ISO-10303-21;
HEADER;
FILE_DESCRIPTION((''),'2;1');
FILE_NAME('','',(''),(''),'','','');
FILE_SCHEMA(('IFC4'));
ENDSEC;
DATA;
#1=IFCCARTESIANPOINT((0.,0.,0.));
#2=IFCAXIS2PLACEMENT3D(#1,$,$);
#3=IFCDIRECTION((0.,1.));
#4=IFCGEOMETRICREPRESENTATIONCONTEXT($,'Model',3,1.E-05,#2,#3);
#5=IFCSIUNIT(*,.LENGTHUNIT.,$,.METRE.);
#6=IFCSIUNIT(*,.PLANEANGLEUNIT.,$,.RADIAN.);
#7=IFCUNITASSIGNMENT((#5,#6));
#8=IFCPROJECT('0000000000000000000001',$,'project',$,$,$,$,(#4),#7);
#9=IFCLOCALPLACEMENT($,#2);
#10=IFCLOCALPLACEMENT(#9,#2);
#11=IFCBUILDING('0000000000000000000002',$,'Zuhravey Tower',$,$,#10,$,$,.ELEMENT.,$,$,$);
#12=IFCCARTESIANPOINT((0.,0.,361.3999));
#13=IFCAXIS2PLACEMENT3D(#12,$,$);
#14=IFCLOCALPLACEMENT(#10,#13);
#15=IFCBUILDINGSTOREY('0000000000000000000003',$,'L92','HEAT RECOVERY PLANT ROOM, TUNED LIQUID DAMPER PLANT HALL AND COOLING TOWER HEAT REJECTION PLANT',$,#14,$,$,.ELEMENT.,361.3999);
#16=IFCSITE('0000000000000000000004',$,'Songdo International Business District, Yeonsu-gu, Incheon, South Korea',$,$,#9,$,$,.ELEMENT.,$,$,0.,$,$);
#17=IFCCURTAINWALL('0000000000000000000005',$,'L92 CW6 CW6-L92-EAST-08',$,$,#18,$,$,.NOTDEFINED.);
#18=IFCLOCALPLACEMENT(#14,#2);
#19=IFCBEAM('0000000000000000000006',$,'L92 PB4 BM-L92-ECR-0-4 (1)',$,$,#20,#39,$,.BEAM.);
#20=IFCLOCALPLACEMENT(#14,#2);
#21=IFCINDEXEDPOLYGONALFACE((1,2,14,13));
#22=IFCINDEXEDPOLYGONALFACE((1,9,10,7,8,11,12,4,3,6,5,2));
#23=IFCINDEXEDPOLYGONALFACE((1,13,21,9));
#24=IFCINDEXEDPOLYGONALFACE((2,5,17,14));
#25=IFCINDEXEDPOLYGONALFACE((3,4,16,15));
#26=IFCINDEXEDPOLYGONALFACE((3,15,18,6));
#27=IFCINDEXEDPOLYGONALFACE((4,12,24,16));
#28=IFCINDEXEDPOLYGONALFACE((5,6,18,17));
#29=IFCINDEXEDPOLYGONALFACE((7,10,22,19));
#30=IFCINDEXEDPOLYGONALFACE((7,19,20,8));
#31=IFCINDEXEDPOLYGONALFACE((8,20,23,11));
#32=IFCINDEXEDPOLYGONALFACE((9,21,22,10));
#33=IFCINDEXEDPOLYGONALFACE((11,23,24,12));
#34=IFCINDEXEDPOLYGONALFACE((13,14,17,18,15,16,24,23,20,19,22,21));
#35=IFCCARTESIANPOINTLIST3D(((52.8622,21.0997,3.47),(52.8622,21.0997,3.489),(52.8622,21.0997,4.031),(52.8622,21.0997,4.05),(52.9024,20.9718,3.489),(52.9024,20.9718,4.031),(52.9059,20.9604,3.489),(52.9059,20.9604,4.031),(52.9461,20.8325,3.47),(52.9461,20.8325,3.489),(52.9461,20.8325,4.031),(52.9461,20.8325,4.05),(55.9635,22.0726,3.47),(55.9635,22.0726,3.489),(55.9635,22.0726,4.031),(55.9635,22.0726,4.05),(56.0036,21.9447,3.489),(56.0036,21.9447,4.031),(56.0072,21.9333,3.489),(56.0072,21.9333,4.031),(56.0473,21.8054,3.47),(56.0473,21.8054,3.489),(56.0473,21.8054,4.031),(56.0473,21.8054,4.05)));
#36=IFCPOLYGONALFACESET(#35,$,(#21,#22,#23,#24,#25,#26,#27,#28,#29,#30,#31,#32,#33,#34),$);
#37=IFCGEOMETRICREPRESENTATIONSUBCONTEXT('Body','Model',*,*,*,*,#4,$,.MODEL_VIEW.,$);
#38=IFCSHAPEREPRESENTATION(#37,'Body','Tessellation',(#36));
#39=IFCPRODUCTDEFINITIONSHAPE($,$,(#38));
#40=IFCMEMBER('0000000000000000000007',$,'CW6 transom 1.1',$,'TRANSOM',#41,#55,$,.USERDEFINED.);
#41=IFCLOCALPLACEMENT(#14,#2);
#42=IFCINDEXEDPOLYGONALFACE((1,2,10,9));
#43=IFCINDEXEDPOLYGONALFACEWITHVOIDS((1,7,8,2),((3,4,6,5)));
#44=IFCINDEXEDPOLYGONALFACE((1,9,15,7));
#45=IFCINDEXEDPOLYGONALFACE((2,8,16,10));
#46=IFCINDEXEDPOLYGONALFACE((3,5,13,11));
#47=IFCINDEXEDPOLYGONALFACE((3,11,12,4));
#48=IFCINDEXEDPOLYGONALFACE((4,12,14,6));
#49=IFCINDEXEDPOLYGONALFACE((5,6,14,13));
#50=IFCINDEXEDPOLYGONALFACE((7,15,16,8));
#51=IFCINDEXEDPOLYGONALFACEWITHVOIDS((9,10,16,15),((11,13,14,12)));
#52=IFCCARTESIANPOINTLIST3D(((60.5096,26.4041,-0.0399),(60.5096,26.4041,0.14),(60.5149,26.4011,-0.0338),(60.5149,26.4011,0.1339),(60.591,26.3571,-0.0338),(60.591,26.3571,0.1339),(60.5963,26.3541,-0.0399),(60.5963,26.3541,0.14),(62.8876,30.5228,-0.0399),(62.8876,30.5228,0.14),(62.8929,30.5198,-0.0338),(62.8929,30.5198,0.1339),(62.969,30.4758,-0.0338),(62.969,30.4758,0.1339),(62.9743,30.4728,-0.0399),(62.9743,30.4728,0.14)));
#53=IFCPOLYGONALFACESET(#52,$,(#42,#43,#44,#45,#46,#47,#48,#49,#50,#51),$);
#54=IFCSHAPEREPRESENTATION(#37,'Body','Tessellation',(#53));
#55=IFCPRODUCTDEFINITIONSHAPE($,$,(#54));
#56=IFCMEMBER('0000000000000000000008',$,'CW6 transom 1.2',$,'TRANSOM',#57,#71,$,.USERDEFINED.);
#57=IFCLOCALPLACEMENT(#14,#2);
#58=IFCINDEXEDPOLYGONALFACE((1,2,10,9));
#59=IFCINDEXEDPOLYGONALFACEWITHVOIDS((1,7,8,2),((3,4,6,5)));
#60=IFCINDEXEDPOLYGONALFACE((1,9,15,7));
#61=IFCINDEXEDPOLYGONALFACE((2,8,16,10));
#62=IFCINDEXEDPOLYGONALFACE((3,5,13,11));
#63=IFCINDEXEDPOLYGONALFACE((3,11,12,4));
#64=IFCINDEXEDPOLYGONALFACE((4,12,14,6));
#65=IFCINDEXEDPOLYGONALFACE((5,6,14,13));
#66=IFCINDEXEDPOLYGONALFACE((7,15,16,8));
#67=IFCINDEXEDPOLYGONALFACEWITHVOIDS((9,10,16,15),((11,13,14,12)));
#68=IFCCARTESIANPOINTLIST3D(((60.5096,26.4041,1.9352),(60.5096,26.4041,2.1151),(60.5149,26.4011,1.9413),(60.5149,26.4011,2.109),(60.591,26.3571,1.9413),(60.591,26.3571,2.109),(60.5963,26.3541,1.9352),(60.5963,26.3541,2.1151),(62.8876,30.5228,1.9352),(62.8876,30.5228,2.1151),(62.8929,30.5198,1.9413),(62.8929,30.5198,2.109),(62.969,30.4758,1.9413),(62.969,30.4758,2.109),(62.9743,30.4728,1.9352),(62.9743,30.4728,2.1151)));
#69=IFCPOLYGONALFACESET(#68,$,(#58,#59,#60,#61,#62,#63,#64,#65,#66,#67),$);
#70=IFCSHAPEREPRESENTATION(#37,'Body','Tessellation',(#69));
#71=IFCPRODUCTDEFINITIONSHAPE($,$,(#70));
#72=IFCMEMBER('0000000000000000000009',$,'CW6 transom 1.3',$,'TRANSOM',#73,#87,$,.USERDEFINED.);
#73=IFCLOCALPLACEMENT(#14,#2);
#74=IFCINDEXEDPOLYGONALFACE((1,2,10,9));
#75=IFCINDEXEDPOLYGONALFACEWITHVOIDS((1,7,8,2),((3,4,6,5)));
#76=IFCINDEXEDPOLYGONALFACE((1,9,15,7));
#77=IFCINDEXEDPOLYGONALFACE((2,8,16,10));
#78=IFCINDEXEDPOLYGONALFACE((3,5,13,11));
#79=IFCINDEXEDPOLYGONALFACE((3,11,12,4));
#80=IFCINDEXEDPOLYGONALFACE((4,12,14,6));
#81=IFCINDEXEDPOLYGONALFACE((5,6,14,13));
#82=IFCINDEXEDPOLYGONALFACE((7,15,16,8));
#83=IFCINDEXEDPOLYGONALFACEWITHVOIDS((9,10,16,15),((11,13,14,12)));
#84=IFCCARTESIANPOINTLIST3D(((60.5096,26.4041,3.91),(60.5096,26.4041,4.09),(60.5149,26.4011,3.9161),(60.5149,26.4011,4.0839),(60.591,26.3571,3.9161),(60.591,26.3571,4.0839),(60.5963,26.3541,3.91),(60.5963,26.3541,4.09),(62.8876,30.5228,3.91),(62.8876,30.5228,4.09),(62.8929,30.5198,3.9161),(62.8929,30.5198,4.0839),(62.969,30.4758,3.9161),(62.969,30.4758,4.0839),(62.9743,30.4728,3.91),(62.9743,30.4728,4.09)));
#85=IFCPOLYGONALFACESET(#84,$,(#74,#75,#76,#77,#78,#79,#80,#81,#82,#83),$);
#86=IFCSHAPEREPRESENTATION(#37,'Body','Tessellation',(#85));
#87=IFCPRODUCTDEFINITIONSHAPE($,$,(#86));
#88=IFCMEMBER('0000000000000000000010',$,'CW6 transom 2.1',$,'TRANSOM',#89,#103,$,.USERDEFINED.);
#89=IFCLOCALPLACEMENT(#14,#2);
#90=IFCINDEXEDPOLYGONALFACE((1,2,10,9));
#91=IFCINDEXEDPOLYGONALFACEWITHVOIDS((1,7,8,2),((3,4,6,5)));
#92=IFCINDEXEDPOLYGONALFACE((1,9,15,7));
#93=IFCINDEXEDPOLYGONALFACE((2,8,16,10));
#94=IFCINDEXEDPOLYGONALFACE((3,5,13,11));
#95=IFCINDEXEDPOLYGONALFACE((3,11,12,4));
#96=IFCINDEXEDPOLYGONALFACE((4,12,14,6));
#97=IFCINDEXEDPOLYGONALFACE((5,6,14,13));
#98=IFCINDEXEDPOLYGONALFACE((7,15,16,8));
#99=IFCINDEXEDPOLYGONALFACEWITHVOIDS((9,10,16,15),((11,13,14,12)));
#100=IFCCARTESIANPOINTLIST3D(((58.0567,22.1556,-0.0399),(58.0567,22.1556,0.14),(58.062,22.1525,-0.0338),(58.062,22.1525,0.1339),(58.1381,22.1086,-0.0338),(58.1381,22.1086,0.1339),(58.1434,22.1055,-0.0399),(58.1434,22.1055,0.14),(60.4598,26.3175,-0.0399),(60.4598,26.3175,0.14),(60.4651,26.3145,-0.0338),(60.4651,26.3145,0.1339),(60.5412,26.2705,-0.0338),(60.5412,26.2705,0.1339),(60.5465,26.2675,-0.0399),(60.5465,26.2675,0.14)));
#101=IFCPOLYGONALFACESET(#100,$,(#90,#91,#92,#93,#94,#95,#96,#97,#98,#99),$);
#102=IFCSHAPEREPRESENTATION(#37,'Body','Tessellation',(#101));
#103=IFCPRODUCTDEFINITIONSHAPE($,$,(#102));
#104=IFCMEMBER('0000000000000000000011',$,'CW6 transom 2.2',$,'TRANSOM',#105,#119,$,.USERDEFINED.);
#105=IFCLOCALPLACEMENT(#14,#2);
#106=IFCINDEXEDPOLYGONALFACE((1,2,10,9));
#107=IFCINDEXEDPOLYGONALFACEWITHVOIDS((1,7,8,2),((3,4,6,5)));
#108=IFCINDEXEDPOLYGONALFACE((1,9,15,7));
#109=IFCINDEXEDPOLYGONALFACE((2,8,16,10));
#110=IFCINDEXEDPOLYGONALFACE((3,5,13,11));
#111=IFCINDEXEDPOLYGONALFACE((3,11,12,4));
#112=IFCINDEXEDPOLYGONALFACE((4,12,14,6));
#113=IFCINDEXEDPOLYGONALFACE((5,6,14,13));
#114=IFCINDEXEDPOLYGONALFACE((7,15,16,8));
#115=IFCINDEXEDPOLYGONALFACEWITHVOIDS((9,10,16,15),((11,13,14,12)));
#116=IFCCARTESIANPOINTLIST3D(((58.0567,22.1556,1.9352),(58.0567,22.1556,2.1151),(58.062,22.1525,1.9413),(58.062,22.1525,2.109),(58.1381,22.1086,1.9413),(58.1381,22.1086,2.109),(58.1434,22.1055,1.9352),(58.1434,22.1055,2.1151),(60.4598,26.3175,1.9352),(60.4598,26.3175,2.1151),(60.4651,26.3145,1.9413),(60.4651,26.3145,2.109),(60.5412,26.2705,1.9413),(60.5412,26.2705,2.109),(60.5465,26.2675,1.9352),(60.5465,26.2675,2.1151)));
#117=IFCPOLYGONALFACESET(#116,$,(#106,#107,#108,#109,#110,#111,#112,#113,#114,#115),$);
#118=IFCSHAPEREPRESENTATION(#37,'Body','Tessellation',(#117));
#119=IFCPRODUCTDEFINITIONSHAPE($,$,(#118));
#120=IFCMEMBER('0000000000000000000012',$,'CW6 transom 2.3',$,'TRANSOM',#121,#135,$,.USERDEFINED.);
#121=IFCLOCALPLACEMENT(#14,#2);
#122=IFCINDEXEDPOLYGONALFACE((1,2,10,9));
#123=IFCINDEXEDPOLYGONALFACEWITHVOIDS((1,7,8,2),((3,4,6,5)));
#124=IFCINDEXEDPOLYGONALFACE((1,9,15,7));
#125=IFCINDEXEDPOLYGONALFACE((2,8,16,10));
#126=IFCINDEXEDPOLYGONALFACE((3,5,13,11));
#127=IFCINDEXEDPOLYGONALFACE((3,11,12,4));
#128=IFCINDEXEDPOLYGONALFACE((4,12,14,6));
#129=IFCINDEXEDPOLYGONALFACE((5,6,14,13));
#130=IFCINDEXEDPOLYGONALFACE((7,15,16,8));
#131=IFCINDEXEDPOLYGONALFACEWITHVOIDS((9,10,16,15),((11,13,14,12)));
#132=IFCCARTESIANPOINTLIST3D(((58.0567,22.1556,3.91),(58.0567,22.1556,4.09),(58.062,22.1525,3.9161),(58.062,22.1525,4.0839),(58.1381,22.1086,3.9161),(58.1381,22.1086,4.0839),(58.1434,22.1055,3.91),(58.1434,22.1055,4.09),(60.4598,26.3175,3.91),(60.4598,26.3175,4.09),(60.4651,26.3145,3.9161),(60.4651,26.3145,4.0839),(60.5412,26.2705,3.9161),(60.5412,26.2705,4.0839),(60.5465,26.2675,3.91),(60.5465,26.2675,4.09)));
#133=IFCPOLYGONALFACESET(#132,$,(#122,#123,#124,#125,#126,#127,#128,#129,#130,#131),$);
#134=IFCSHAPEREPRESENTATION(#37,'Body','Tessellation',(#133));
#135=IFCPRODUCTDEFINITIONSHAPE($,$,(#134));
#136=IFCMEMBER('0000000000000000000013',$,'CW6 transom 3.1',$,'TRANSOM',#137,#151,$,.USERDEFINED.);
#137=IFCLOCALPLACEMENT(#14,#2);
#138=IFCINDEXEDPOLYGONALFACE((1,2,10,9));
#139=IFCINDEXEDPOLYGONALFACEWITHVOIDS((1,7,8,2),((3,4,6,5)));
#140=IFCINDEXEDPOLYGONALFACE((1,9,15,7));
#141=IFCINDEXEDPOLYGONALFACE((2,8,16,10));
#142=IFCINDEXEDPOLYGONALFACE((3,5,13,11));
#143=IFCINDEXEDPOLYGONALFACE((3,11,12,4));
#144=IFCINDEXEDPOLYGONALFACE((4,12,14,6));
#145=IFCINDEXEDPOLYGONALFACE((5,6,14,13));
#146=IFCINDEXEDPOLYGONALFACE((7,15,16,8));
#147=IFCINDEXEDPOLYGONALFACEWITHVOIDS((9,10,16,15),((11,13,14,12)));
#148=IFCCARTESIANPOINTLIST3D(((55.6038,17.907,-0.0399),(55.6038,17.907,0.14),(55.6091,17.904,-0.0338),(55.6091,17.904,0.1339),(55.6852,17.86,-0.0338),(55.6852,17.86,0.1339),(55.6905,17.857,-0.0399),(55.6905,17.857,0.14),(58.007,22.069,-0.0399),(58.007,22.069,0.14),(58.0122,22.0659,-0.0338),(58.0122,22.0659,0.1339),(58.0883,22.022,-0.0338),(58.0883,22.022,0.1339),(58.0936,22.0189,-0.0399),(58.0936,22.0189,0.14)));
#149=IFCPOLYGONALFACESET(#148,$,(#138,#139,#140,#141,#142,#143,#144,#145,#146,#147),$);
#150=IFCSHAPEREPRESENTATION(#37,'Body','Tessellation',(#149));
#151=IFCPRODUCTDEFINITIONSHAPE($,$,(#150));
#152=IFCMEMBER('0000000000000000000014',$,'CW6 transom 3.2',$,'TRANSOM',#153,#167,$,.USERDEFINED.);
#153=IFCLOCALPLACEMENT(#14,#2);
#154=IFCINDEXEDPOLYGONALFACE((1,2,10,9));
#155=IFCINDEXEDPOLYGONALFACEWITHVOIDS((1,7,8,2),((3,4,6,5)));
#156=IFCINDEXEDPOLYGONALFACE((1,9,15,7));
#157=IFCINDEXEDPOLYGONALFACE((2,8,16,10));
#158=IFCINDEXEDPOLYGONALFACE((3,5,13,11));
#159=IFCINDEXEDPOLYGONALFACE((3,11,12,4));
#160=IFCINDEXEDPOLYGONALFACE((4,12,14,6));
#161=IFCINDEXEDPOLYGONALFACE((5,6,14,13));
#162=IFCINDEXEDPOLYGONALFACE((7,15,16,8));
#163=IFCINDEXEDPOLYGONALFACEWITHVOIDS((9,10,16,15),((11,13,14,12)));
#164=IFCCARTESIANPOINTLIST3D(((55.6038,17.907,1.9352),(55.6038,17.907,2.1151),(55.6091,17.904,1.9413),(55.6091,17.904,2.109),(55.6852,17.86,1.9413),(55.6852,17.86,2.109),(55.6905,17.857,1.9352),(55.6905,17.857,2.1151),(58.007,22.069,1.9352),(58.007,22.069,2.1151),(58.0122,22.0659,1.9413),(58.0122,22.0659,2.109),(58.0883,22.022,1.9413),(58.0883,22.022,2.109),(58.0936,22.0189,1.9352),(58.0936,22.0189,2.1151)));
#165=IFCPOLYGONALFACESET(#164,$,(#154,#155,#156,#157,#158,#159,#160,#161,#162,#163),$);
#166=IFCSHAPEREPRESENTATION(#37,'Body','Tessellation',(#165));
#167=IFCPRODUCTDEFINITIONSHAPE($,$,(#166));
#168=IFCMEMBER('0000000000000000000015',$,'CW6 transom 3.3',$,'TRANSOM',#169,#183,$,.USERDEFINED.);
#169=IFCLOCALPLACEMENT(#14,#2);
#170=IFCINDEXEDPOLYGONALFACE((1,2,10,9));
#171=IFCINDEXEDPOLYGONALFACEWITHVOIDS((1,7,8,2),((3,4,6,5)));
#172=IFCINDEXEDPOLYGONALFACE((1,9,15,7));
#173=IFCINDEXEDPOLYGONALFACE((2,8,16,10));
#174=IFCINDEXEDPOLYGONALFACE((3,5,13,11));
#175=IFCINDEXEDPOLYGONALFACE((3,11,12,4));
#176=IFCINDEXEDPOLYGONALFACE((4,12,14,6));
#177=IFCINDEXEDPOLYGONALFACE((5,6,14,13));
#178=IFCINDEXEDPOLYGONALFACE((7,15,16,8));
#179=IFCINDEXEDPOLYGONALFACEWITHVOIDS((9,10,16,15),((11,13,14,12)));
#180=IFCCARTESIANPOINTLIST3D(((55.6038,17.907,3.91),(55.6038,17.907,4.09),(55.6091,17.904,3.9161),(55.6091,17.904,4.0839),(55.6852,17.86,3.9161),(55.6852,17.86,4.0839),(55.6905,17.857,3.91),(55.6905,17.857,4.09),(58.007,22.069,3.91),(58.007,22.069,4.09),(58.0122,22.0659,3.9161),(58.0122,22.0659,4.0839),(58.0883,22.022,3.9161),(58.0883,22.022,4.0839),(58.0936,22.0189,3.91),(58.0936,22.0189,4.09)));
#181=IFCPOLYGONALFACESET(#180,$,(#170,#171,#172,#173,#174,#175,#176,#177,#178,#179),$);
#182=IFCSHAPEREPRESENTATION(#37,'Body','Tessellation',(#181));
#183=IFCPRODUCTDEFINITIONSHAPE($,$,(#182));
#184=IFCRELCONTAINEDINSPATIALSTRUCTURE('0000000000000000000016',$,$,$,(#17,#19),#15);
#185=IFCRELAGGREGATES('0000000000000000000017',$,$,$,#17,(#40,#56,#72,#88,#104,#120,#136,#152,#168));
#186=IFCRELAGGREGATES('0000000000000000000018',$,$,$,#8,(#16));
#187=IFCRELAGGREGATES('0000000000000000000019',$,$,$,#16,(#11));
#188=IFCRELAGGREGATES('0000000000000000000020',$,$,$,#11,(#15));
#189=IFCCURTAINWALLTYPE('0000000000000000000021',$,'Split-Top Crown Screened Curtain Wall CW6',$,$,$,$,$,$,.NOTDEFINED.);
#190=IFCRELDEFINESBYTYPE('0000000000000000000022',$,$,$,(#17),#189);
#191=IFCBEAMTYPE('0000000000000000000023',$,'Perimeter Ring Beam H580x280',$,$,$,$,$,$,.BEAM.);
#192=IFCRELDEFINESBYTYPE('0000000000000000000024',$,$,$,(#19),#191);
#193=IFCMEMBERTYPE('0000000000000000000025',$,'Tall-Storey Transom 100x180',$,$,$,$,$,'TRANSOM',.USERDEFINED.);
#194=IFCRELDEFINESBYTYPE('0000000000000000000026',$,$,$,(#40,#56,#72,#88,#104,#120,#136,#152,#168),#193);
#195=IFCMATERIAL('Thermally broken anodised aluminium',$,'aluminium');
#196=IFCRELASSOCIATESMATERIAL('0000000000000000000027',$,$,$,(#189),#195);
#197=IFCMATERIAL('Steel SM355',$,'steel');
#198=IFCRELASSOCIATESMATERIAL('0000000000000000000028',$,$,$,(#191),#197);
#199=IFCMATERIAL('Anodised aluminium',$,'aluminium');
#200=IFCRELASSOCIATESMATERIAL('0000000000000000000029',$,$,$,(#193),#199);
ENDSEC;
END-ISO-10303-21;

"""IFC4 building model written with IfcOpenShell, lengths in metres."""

from ifc_helpers import new_model, si_unit, direction, frame, origin, origin_2d, place, context, subcontext, project, spatial, hollow_rectangle, i_section, extrude, material, material_profile, profile_set, type_object, element, aggregate, save


model = new_model("IFC4")

# Units and contexts
model_context = context("Model", 3, precision=1e-05, world=origin(), true_north=direction((0.0, 1.0)))
body_context = subcontext(model_context, "Body", "Model", "MODEL_VIEW")
ifc_project = project(units=[si_unit("LENGTHUNIT", "METRE"), si_unit("PLANEANGLEUNIT", "RADIAN")], contexts=[model_context])

# Site, building, storey
site_placement = place(None, origin())
site = spatial("IfcSite", under=ifc_project, at=site_placement, Name="Songdo International Business District, Yeonsu-gu, Incheon, South Korea", CompositionType="ELEMENT", RefElevation=0.0)
building_placement = place(site_placement, origin())
building = spatial("IfcBuilding", under=site, at=building_placement, Name="Zuhravey Tower", CompositionType="ELEMENT")
storey_placement = place(building_placement, frame((0.0, 0.0, 361.3999)))
storey = spatial("IfcBuildingStorey", under=building, at=storey_placement, Name="L92", Description="HEAT RECOVERY PLANT ROOM, TUNED LIQUID DAMPER PLANT HALL AND COOLING TOWER HEAT REJECTION PLANT", CompositionType="ELEMENT", Elevation=361.3999)

# Shared definitions
ifc_material_1 = material(Name="Steel SM355", Category="steel")

# Curtain wall
ifc_material_2 = material(Name="Thermally broken anodised aluminium", Category="aluminium")
curtain_wall_type = type_object("IfcCurtainWallType", Name="Split-Top Crown Screened Curtain Wall CW6", PredefinedType="NOTDEFINED", material=ifc_material_2)
curtain_wall_placement = place(storey_placement, origin())
curtain_wall = element("IfcCurtainWall", 1, at=curtain_wall_placement, inside=storey, type_object=curtain_wall_type, Name="L92 CW6 CW6-L92-EAST-08", PredefinedType="NOTDEFINED")
ifc_material_3 = material(Name="Anodised aluminium", Category="aluminium")

# Beam
ifc_material_profile_1 = material_profile(ifc_material_1, i_section(OverallWidth=0.28, OverallDepth=0.5801, WebThickness=0.012, FlangeThickness=0.019, at=origin_2d()), Name="H-580x280x12x19")
ifc_profile_set_1 = profile_set([ifc_material_profile_1], Name="Steel SM355")
beam_type = type_object("IfcBeamType", Name="Perimeter Ring Beam H580x280", PredefinedType="BEAM", material=ifc_profile_set_1)
beam_1_placement = place(storey_placement, frame((56.0054, 21.939, 3.76), z_axis=(-0.954152, -0.299323, 0.0), x_axis=(0.299323, -0.954152, 0.0)))
element("IfcBeam", 2, at=beam_1_placement, inside=storey, type_object=beam_type, Name="L92 PB4 BM-L92-ECR-0-4 (1)", PredefinedType="BEAM", context=body_context, shape_type="SweptSolid", body=[
    extrude(i_section(OverallWidth=0.28, OverallDepth=0.5801, WebThickness=0.012, FlangeThickness=0.019, at=origin_2d()), origin(), (0.0, 0.0, 1.0), 3.2502),
])

# Members
ifc_material_profile_2 = material_profile(ifc_material_3, hollow_rectangle(XDim=0.1001, YDim=0.1799, WallThickness=0.0061, at=origin_2d()), Name="ALU-RHS-100x180x6")
ifc_profile_set_2 = profile_set([ifc_material_profile_2], Name="Anodised aluminium")
member_type_1 = type_object("IfcMemberType", Name="Tall-Storey Transom 100x180", ElementType="TRANSOM", PredefinedType="USERDEFINED", material=ifc_profile_set_2)
member_1_placement = place(storey_placement, frame((62.9309, 30.4978, 0.05), z_axis=(-0.500004, -0.866023, 0.0), x_axis=(0.866023, -0.500004, 0.0)))
member_1 = element("IfcMember", 3, at=member_1_placement, type_object=member_type_1, Name="CW6 transom 1.1", ObjectType="TRANSOM", PredefinedType="USERDEFINED", context=body_context, shape_type="SweptSolid", body=[
    extrude(hollow_rectangle(XDim=0.1001, YDim=0.1799, WallThickness=0.0061, at=origin_2d()), origin(), (0.0, 0.0, 1.0), 4.7559),
])
member_2_placement = place(storey_placement, frame((62.9309, 30.4978, 2.0251), z_axis=(-0.500004, -0.866023, 0.0), x_axis=(0.866023, -0.500004, 0.0)))
member_2 = element("IfcMember", 4, at=member_2_placement, type_object=member_type_1, Name="CW6 transom 1.2", ObjectType="TRANSOM", PredefinedType="USERDEFINED", context=body_context, shape_type="SweptSolid", body=[
    extrude(hollow_rectangle(XDim=0.1001, YDim=0.1799, WallThickness=0.0061, at=origin_2d()), origin(), (0.0, 0.0, 1.0), 4.7559),
])
member_3_placement = place(storey_placement, frame((62.9309, 30.4978, 4.0), z_axis=(-0.500004, -0.866023, 0.0), x_axis=(0.866023, -0.500004, 0.0)))
member_3 = element("IfcMember", 5, at=member_3_placement, type_object=member_type_1, Name="CW6 transom 1.3", ObjectType="TRANSOM", PredefinedType="USERDEFINED", context=body_context, shape_type="SweptSolid", body=[
    extrude(hollow_rectangle(XDim=0.1001, YDim=0.1799, WallThickness=0.0061, at=origin_2d()), origin(), (0.0, 0.0, 1.0), 4.7559),
])
member_4_placement = place(storey_placement, frame((60.5032, 26.2925, 0.05), z_axis=(-0.500035, -0.866005, 0.0), x_axis=(0.866005, -0.500035, 0.0)))
member_4 = element("IfcMember", 6, at=member_4_placement, type_object=member_type_1, Name="CW6 transom 2.1", ObjectType="TRANSOM", PredefinedType="USERDEFINED", context=body_context, shape_type="SweptSolid", body=[
    extrude(hollow_rectangle(XDim=0.1001, YDim=0.1799, WallThickness=0.0061, at=origin_2d()), origin(), (0.0, 0.0, 1.0), 4.8059),
])
member_5_placement = place(storey_placement, frame((60.5032, 26.2925, 2.0251), z_axis=(-0.500035, -0.866005, 0.0), x_axis=(0.866005, -0.500035, 0.0)))
member_5 = element("IfcMember", 7, at=member_5_placement, type_object=member_type_1, Name="CW6 transom 2.2", ObjectType="TRANSOM", PredefinedType="USERDEFINED", context=body_context, shape_type="SweptSolid", body=[
    extrude(hollow_rectangle(XDim=0.1001, YDim=0.1799, WallThickness=0.0061, at=origin_2d()), origin(), (0.0, 0.0, 1.0), 4.8059),
])
member_6_placement = place(storey_placement, frame((60.5032, 26.2925, 4.0), z_axis=(-0.500035, -0.866005, 0.0), x_axis=(0.866005, -0.500035, 0.0)))
member_6 = element("IfcMember", 8, at=member_6_placement, type_object=member_type_1, Name="CW6 transom 2.3", ObjectType="TRANSOM", PredefinedType="USERDEFINED", context=body_context, shape_type="SweptSolid", body=[
    extrude(hollow_rectangle(XDim=0.1001, YDim=0.1799, WallThickness=0.0061, at=origin_2d()), origin(), (0.0, 0.0, 1.0), 4.8059),
])
member_7_placement = place(storey_placement, frame((58.0503, 22.0439, 0.05), z_axis=(-0.500035, -0.866005, 0.0), x_axis=(0.866005, -0.500035, 0.0)))
member_7 = element("IfcMember", 9, at=member_7_placement, type_object=member_type_1, Name="CW6 transom 3.1", ObjectType="TRANSOM", PredefinedType="USERDEFINED", context=body_context, shape_type="SweptSolid", body=[
    extrude(hollow_rectangle(XDim=0.1001, YDim=0.1799, WallThickness=0.0061, at=origin_2d()), origin(), (0.0, 0.0, 1.0), 4.8059),
])
member_8_placement = place(storey_placement, frame((58.0503, 22.0439, 2.0251), z_axis=(-0.500035, -0.866005, 0.0), x_axis=(0.866005, -0.500035, 0.0)))
member_8 = element("IfcMember", 10, at=member_8_placement, type_object=member_type_1, Name="CW6 transom 3.2", ObjectType="TRANSOM", PredefinedType="USERDEFINED", context=body_context, shape_type="SweptSolid", body=[
    extrude(hollow_rectangle(XDim=0.1001, YDim=0.1799, WallThickness=0.0061, at=origin_2d()), origin(), (0.0, 0.0, 1.0), 4.8059),
])
member_9_placement = place(storey_placement, frame((58.0503, 22.0439, 4.0), z_axis=(-0.500035, -0.866005, 0.0), x_axis=(0.866005, -0.500035, 0.0)))
member_9 = element("IfcMember", 11, at=member_9_placement, type_object=member_type_1, Name="CW6 transom 3.3", ObjectType="TRANSOM", PredefinedType="USERDEFINED", context=body_context, shape_type="SweptSolid", body=[
    extrude(hollow_rectangle(XDim=0.1001, YDim=0.1799, WallThickness=0.0061, at=origin_2d()), origin(), (0.0, 0.0, 1.0), 4.8059),
])

aggregate(curtain_wall, [member_1, member_2, member_3, member_4, member_5, member_6, member_7, member_8, member_9])

save(model, "model.ifc")
